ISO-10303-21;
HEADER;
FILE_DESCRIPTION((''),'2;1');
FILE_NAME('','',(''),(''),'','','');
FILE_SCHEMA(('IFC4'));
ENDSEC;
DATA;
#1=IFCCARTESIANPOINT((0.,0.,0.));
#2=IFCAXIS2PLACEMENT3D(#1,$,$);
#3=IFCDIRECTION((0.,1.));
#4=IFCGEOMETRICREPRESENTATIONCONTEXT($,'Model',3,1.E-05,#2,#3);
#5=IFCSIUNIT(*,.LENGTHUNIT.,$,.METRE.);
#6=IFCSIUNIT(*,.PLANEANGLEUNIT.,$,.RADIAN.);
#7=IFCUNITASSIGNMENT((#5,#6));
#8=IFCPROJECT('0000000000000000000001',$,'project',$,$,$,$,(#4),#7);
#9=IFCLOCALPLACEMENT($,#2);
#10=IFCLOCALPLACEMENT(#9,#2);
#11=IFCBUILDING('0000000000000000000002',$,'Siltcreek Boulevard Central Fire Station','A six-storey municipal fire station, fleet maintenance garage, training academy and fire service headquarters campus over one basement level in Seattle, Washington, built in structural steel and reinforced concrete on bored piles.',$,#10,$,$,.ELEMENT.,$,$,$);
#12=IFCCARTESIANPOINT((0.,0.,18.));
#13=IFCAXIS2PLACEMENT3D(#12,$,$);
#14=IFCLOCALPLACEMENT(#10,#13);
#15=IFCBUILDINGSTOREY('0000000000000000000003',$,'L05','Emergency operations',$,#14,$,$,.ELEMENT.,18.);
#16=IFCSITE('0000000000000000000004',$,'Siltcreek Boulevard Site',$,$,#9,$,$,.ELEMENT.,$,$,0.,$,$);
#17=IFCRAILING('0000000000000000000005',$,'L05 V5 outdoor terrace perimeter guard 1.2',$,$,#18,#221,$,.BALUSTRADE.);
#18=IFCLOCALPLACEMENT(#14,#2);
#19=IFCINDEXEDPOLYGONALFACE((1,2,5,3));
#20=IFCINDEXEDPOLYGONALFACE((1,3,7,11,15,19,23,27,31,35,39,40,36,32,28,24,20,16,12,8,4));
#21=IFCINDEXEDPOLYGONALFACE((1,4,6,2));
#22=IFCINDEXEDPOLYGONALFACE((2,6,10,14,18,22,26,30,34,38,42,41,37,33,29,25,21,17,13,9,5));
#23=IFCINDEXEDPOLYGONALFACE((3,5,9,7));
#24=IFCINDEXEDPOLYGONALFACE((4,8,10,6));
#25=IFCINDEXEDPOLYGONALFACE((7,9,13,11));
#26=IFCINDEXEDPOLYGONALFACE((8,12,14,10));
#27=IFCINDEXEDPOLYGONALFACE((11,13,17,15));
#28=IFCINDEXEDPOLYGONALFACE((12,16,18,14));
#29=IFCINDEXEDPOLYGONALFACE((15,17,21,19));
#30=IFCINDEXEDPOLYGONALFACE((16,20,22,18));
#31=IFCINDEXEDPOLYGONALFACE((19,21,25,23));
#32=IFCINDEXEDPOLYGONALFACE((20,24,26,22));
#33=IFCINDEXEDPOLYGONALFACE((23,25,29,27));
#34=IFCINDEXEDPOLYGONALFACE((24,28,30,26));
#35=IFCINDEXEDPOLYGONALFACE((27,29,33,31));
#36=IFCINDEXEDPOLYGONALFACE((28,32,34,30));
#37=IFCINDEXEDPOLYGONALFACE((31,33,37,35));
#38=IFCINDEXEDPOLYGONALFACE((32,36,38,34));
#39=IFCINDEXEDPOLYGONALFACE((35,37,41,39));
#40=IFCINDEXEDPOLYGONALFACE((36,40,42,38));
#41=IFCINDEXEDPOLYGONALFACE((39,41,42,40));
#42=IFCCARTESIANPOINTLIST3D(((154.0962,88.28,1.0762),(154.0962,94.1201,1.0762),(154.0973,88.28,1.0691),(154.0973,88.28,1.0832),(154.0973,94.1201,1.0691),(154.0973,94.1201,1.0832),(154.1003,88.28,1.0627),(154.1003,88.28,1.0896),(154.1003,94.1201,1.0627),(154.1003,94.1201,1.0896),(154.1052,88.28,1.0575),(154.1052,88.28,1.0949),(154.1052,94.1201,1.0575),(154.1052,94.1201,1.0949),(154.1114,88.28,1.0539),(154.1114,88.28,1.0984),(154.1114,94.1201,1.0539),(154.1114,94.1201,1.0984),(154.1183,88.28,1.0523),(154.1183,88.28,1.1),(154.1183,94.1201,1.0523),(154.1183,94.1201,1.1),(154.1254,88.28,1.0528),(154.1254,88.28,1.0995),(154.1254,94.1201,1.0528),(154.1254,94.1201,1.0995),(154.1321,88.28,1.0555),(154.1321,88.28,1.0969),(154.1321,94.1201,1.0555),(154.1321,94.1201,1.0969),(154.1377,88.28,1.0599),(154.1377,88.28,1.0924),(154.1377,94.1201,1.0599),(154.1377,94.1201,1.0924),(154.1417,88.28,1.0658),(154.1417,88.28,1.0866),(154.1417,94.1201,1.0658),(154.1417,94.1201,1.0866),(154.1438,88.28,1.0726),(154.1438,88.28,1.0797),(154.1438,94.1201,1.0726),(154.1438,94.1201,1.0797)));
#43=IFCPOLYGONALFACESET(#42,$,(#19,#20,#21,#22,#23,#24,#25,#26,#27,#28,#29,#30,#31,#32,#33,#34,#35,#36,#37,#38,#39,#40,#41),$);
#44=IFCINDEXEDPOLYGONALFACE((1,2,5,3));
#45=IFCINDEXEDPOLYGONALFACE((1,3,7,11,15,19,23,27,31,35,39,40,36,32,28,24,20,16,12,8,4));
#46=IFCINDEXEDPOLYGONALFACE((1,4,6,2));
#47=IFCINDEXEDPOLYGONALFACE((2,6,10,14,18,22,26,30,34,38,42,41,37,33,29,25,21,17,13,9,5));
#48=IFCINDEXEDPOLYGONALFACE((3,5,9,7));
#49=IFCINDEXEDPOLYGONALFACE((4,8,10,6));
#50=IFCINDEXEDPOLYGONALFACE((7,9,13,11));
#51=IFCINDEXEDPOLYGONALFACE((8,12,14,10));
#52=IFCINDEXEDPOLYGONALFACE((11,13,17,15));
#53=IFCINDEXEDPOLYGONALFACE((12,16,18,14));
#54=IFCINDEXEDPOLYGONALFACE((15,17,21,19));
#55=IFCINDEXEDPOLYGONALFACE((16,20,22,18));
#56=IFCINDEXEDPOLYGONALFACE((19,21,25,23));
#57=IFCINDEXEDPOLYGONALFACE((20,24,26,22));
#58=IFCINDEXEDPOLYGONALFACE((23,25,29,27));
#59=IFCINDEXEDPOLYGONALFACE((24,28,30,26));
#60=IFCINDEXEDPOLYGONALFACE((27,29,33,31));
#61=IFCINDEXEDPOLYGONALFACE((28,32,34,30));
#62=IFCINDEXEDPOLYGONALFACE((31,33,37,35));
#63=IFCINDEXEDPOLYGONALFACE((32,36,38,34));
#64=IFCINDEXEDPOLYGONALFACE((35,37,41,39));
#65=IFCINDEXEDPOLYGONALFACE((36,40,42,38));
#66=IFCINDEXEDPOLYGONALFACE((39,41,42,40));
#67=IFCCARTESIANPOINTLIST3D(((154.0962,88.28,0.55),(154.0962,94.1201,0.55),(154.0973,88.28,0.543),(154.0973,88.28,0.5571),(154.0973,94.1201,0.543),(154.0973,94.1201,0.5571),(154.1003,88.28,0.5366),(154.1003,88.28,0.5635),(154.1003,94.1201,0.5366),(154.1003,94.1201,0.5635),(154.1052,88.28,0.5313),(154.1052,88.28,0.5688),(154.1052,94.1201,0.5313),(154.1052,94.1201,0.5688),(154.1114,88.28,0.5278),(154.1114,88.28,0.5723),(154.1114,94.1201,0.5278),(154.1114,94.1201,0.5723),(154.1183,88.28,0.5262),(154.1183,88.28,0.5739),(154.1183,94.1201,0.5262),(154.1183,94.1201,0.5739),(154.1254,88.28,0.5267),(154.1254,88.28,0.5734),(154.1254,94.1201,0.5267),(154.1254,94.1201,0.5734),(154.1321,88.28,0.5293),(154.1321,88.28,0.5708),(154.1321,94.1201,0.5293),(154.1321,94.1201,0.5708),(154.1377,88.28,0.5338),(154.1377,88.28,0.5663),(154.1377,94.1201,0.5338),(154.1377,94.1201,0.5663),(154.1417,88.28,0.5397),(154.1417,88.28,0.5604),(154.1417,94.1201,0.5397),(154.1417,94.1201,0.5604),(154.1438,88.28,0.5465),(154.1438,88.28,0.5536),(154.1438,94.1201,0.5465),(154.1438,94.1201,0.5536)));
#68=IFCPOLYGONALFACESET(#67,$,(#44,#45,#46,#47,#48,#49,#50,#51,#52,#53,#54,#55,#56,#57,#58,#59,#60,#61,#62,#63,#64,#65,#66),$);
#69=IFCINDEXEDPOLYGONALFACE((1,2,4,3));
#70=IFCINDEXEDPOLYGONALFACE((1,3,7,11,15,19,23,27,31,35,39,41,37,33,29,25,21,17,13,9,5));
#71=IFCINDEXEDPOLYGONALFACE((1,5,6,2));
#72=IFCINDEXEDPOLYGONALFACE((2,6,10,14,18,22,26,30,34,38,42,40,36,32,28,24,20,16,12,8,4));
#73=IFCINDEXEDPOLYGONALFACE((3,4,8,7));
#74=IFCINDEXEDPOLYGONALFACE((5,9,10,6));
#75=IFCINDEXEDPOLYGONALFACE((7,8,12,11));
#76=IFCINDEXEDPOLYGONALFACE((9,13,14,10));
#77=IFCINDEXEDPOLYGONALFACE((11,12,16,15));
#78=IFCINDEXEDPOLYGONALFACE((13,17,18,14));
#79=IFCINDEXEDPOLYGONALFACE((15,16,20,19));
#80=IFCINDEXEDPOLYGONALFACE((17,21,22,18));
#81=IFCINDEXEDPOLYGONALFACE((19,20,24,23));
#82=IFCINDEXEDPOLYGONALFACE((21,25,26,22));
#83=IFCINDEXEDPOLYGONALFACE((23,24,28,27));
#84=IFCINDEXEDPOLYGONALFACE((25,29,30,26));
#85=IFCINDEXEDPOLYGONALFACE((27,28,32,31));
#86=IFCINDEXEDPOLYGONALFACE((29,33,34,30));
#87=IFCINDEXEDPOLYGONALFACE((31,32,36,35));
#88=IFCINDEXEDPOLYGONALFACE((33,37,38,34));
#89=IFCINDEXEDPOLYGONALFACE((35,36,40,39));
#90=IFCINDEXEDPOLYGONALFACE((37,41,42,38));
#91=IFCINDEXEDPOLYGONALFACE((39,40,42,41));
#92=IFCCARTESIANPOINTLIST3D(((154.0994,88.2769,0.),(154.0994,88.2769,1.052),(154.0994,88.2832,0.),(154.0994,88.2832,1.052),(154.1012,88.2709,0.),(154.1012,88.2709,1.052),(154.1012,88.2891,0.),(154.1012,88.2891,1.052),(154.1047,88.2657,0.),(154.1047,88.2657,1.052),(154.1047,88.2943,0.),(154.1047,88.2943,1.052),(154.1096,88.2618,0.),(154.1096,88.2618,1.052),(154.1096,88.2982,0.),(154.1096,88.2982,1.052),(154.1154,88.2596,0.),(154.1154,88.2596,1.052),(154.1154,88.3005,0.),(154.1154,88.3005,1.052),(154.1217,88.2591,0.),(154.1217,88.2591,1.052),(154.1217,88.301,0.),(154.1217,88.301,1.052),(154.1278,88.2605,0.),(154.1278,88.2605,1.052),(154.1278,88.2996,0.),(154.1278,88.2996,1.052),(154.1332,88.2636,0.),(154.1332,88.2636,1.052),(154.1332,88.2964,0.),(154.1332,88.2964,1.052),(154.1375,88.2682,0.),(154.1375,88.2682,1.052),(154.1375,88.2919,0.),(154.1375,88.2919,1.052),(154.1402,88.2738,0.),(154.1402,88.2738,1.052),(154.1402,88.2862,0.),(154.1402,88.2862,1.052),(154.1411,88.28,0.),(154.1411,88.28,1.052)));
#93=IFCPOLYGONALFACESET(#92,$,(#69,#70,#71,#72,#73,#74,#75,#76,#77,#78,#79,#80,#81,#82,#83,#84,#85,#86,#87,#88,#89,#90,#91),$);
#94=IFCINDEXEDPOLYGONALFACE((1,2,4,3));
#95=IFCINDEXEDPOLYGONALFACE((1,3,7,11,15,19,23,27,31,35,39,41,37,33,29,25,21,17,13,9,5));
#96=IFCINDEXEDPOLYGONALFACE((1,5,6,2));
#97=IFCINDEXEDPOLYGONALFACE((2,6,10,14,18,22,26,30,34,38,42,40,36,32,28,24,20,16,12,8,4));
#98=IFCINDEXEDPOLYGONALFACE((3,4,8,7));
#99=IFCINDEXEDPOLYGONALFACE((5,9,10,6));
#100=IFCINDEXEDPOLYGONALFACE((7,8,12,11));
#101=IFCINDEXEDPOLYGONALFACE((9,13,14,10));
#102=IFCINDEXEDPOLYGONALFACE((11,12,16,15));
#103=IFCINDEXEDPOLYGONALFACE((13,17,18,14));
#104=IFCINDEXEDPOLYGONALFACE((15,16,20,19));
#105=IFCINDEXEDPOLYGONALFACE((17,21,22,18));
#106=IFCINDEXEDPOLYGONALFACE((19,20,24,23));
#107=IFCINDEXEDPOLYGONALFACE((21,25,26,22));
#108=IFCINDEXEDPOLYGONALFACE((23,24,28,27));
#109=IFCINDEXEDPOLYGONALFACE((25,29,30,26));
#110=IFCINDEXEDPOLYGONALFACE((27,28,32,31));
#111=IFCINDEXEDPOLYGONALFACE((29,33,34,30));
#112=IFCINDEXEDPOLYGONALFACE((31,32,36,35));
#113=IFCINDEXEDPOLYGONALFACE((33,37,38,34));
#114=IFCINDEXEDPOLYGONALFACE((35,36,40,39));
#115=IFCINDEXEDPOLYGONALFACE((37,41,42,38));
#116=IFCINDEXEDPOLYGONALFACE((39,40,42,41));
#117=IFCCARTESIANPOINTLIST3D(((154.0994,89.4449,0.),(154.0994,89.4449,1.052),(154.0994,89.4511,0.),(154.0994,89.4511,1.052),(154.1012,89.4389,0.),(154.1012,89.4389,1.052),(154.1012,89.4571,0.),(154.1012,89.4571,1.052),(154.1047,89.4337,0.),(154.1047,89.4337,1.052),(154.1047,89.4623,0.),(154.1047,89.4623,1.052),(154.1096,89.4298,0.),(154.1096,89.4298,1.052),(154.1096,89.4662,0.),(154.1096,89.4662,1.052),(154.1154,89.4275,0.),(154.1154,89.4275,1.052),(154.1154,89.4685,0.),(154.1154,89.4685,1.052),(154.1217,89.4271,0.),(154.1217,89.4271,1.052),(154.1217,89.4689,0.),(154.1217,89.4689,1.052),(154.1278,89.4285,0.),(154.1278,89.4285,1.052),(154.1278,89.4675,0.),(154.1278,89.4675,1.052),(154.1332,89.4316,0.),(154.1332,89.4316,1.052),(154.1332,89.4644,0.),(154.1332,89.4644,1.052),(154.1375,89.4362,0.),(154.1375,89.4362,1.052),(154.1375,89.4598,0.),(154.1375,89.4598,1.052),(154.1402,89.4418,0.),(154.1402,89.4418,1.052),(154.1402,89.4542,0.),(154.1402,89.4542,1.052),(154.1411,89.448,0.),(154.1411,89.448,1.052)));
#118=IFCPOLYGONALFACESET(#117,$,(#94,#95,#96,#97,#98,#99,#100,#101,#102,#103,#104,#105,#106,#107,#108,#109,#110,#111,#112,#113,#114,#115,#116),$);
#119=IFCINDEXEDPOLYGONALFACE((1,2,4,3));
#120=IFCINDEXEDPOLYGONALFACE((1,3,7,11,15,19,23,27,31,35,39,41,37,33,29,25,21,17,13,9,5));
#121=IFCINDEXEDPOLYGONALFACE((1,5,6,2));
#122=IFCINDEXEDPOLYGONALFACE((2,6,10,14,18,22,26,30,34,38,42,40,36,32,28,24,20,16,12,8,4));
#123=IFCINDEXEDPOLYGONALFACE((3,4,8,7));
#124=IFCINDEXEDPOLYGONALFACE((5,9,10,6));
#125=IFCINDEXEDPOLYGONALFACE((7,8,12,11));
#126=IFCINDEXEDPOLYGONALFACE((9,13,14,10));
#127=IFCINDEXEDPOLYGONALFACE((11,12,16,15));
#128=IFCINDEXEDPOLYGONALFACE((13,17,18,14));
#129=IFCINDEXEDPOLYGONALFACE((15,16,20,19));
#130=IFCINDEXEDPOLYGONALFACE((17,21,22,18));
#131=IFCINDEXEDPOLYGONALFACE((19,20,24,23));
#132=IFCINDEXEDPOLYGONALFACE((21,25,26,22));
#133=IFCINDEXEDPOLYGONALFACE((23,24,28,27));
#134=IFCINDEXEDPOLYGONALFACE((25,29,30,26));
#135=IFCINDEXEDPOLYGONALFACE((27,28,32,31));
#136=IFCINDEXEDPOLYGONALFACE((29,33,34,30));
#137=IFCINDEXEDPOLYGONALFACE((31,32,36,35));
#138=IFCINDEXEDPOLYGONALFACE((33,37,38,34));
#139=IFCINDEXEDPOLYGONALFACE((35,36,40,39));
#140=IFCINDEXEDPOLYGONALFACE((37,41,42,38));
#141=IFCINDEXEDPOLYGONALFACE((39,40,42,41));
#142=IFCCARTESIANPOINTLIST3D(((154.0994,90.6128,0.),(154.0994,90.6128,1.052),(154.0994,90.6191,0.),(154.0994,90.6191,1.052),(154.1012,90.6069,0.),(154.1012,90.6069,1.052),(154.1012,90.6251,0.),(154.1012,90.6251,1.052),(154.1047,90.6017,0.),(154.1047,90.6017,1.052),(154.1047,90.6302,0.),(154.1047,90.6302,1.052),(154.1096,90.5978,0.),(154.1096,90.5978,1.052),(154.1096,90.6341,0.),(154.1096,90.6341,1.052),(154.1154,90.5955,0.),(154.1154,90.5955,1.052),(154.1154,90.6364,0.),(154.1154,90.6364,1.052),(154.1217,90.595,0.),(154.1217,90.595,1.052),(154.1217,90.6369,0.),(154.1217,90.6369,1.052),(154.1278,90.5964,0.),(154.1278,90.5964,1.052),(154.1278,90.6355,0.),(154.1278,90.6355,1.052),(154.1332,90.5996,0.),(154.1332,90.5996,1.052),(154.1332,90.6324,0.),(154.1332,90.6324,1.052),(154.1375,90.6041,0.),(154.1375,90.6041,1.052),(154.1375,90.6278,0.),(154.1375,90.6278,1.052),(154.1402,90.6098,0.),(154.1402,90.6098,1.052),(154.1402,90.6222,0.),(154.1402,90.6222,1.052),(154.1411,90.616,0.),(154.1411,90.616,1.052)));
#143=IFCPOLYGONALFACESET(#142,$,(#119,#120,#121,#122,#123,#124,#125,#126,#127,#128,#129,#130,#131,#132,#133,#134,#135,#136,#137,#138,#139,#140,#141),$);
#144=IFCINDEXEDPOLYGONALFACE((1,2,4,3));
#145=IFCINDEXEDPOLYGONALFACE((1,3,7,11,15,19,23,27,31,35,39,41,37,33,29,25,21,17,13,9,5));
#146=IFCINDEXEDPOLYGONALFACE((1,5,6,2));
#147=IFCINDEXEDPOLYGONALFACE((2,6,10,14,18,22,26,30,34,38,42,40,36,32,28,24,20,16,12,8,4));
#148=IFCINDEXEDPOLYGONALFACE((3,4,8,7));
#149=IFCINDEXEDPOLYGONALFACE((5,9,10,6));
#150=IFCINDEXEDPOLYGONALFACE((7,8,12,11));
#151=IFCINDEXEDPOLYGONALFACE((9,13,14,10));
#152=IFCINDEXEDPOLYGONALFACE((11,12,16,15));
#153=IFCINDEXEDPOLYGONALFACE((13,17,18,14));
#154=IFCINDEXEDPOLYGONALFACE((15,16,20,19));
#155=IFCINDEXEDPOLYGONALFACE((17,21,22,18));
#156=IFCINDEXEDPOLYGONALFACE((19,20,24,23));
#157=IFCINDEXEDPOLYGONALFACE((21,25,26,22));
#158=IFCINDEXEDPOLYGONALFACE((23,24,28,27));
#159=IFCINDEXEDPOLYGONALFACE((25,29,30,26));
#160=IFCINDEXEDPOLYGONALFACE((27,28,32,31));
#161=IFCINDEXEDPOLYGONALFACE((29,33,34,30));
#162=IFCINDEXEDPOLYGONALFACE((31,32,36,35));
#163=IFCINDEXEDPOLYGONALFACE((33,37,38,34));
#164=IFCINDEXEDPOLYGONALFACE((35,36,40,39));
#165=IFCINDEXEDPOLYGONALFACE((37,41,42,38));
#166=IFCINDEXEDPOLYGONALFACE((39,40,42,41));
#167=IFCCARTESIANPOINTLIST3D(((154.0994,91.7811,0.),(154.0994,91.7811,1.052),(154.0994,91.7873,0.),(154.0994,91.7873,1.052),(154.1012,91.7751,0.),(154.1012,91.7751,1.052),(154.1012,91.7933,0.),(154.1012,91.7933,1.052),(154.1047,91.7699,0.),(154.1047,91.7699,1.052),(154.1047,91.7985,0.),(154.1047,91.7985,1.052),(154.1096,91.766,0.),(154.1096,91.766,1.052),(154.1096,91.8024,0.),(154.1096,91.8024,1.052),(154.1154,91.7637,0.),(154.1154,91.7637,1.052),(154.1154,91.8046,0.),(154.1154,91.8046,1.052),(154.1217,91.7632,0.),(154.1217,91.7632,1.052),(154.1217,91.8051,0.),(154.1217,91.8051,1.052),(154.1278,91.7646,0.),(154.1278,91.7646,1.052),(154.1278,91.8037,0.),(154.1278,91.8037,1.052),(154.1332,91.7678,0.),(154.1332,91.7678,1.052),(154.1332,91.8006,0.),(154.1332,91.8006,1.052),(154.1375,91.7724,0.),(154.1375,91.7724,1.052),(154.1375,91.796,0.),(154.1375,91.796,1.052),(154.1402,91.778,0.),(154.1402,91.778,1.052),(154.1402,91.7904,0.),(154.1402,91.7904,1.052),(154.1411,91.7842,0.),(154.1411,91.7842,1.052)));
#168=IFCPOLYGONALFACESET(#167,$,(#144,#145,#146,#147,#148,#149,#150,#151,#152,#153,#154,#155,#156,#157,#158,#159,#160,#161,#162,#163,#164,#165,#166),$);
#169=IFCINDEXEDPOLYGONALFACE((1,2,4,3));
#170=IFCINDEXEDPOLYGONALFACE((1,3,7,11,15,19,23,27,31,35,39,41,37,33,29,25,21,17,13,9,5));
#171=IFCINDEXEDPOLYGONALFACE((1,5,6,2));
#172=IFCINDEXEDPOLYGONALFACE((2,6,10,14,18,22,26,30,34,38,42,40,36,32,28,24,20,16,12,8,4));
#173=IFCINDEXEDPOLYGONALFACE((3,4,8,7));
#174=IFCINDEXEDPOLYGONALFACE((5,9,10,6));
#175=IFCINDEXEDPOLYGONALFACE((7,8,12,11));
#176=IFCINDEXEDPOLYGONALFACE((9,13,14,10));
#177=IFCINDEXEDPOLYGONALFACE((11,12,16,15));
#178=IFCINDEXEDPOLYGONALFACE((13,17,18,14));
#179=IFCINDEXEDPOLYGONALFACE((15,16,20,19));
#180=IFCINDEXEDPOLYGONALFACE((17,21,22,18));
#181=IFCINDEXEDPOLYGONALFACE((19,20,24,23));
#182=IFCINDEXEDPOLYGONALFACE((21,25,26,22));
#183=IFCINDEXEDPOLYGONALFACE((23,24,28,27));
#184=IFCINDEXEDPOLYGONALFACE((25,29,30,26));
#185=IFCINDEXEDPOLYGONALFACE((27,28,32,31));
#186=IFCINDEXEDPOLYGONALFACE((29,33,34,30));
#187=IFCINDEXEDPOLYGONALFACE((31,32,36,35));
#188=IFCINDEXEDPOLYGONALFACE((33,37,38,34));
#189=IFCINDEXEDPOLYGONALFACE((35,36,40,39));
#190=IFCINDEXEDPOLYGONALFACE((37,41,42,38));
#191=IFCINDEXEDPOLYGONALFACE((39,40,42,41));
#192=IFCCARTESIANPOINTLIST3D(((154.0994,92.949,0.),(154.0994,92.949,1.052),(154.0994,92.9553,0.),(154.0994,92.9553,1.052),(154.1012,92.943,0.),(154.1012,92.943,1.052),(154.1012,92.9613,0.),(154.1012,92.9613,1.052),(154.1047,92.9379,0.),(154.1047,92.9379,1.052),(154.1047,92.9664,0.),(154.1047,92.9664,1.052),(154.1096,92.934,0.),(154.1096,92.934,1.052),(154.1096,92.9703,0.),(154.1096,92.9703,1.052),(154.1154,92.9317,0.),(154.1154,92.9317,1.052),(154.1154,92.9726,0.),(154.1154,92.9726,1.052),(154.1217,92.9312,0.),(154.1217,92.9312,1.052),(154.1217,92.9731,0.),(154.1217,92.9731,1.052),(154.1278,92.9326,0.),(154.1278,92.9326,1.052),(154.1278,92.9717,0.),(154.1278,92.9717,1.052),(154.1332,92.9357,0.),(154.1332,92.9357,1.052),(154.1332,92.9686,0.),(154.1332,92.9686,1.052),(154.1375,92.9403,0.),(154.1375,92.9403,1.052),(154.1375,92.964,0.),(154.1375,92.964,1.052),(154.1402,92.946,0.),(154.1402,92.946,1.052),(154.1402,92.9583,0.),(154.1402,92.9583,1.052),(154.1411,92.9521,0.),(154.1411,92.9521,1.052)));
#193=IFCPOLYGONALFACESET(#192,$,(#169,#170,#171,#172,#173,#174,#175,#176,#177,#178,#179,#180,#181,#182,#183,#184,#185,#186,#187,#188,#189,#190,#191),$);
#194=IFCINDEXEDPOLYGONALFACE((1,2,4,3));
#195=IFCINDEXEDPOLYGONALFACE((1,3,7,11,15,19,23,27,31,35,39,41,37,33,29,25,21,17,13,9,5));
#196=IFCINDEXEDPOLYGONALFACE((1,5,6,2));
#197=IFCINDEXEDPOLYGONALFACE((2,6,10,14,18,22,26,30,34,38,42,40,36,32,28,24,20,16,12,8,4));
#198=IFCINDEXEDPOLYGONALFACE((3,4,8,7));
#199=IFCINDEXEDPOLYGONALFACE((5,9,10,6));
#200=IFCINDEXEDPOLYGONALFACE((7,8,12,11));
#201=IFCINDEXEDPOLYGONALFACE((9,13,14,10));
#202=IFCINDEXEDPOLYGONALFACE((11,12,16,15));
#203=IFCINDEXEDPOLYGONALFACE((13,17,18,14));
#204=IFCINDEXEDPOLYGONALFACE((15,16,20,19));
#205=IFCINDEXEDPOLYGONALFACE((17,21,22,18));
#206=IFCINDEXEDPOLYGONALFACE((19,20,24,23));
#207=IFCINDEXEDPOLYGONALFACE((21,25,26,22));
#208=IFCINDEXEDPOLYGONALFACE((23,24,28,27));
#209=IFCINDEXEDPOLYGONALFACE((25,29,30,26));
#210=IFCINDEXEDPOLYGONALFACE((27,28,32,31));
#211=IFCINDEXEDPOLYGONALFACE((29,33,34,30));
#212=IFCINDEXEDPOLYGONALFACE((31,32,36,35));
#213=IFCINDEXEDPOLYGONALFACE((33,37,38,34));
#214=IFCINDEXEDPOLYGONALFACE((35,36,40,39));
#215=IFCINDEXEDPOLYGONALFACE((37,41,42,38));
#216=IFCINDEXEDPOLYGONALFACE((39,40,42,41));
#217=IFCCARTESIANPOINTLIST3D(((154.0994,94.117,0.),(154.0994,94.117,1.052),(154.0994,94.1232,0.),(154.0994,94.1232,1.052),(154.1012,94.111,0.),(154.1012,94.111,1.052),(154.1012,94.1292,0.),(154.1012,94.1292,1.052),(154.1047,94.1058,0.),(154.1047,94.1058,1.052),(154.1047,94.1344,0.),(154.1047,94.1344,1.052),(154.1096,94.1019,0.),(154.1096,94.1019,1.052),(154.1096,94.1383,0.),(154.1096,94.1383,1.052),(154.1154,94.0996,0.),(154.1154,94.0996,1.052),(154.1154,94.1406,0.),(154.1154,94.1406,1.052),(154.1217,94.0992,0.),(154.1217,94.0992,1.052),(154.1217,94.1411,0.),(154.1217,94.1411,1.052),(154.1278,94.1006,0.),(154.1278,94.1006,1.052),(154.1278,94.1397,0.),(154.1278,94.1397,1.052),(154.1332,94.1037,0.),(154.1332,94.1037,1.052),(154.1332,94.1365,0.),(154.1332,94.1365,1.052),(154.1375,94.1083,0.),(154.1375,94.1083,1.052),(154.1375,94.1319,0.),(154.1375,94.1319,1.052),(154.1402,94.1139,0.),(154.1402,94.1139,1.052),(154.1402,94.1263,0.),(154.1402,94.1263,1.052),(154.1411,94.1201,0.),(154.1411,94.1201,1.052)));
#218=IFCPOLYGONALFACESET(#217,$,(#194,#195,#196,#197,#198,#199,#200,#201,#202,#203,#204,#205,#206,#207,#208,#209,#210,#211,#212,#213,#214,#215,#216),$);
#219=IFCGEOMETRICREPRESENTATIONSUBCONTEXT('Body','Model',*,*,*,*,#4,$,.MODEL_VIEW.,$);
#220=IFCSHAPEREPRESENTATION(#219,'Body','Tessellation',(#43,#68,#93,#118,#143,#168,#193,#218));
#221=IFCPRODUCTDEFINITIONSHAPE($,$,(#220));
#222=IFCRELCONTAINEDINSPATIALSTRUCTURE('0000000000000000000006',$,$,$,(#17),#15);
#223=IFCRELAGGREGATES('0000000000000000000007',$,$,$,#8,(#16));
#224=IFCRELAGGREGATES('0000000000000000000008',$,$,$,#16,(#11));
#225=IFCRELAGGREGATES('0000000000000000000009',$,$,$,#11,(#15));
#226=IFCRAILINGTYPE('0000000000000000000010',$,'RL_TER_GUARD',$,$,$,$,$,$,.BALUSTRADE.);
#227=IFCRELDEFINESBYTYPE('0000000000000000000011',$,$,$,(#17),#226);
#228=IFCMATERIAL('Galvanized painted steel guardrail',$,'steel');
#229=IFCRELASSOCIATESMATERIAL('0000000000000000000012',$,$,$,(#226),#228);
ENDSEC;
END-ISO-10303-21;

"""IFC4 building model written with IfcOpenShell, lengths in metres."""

from ifc_helpers import new_model, si_unit, direction, frame, origin, origin_2d, place, context, subcontext, project, spatial, circle, extrude, material, type_object, element, save


model = new_model("IFC4")

# Units and contexts
model_context = context("Model", 3, precision=1e-05, world=origin(), true_north=direction((0.0, 1.0)))
body_context = subcontext(model_context, "Body", "Model", "MODEL_VIEW")
ifc_project = project(units=[si_unit("LENGTHUNIT", "METRE"), si_unit("PLANEANGLEUNIT", "RADIAN")], contexts=[model_context])

# Site, building, storey
site_placement = place(None, origin())
site = spatial("IfcSite", under=ifc_project, at=site_placement, Name="Siltcreek Boulevard Site", CompositionType="ELEMENT", RefElevation=0.0)
building_placement = place(site_placement, origin())
building = spatial("IfcBuilding", under=site, at=building_placement, Name="Siltcreek Boulevard Central Fire Station", Description="A six-storey municipal fire station, fleet maintenance garage, training academy and fire service headquarters campus over one basement level in Seattle, Washington, built in structural steel and reinforced concrete on bored piles.", CompositionType="ELEMENT")
storey_placement = place(building_placement, frame((0.0, 0.0, 18.0)))
storey = spatial("IfcBuildingStorey", under=building, at=storey_placement, Name="L05", Description="Emergency operations", CompositionType="ELEMENT", Elevation=18.0)

# Railing
ifc_material_1 = material(Name="Galvanized painted steel guardrail", Category="steel")
railing_type = type_object("IfcRailingType", Name="RL_TER_GUARD", PredefinedType="BALUSTRADE", material=ifc_material_1)
railing_placement = place(storey_placement, frame((154.1201, 88.28, 0.0)))
element("IfcRailing", 1, at=railing_placement, inside=storey, type_object=railing_type, Name="L05 V5 outdoor terrace perimeter guard 1.2", PredefinedType="BALUSTRADE", context=body_context, shape_type="SweptSolid", body=[
    extrude(circle(Radius=0.0239, at=origin_2d()), frame((0.0, 0.0, 1.0762), z_axis=(0.0, 1.0, 0.0), x_axis=(-1.0, 0.0, 0.0)), (0.0, 0.0, 1.0), 5.8401),
    extrude(circle(Radius=0.0239, at=origin_2d()), frame((0.0, 0.0, 0.55), z_axis=(0.0, 1.0, 0.0), x_axis=(-1.0, 0.0, 0.0)), (0.0, 0.0, 1.0), 5.8401),
    extrude(circle(Radius=0.021, at=origin_2d()), origin(), (0.0, 0.0, 1.0), 1.052),
    extrude(circle(Radius=0.021, at=origin_2d()), frame((0.0, 1.168, 0.0)), (0.0, 0.0, 1.0), 1.052),
    extrude(circle(Radius=0.021, at=origin_2d()), frame((0.0, 2.3359, 0.0)), (0.0, 0.0, 1.0), 1.052),
    extrude(circle(Radius=0.021, at=origin_2d()), frame((0.0, 3.5042, 0.0)), (0.0, 0.0, 1.0), 1.052),
    extrude(circle(Radius=0.021, at=origin_2d()), frame((0.0, 4.6721, 0.0)), (0.0, 0.0, 1.0), 1.052),
    extrude(circle(Radius=0.021, at=origin_2d()), frame((0.0, 5.8401, 0.0)), (0.0, 0.0, 1.0), 1.052),
])

save(model, "model.ifc")
